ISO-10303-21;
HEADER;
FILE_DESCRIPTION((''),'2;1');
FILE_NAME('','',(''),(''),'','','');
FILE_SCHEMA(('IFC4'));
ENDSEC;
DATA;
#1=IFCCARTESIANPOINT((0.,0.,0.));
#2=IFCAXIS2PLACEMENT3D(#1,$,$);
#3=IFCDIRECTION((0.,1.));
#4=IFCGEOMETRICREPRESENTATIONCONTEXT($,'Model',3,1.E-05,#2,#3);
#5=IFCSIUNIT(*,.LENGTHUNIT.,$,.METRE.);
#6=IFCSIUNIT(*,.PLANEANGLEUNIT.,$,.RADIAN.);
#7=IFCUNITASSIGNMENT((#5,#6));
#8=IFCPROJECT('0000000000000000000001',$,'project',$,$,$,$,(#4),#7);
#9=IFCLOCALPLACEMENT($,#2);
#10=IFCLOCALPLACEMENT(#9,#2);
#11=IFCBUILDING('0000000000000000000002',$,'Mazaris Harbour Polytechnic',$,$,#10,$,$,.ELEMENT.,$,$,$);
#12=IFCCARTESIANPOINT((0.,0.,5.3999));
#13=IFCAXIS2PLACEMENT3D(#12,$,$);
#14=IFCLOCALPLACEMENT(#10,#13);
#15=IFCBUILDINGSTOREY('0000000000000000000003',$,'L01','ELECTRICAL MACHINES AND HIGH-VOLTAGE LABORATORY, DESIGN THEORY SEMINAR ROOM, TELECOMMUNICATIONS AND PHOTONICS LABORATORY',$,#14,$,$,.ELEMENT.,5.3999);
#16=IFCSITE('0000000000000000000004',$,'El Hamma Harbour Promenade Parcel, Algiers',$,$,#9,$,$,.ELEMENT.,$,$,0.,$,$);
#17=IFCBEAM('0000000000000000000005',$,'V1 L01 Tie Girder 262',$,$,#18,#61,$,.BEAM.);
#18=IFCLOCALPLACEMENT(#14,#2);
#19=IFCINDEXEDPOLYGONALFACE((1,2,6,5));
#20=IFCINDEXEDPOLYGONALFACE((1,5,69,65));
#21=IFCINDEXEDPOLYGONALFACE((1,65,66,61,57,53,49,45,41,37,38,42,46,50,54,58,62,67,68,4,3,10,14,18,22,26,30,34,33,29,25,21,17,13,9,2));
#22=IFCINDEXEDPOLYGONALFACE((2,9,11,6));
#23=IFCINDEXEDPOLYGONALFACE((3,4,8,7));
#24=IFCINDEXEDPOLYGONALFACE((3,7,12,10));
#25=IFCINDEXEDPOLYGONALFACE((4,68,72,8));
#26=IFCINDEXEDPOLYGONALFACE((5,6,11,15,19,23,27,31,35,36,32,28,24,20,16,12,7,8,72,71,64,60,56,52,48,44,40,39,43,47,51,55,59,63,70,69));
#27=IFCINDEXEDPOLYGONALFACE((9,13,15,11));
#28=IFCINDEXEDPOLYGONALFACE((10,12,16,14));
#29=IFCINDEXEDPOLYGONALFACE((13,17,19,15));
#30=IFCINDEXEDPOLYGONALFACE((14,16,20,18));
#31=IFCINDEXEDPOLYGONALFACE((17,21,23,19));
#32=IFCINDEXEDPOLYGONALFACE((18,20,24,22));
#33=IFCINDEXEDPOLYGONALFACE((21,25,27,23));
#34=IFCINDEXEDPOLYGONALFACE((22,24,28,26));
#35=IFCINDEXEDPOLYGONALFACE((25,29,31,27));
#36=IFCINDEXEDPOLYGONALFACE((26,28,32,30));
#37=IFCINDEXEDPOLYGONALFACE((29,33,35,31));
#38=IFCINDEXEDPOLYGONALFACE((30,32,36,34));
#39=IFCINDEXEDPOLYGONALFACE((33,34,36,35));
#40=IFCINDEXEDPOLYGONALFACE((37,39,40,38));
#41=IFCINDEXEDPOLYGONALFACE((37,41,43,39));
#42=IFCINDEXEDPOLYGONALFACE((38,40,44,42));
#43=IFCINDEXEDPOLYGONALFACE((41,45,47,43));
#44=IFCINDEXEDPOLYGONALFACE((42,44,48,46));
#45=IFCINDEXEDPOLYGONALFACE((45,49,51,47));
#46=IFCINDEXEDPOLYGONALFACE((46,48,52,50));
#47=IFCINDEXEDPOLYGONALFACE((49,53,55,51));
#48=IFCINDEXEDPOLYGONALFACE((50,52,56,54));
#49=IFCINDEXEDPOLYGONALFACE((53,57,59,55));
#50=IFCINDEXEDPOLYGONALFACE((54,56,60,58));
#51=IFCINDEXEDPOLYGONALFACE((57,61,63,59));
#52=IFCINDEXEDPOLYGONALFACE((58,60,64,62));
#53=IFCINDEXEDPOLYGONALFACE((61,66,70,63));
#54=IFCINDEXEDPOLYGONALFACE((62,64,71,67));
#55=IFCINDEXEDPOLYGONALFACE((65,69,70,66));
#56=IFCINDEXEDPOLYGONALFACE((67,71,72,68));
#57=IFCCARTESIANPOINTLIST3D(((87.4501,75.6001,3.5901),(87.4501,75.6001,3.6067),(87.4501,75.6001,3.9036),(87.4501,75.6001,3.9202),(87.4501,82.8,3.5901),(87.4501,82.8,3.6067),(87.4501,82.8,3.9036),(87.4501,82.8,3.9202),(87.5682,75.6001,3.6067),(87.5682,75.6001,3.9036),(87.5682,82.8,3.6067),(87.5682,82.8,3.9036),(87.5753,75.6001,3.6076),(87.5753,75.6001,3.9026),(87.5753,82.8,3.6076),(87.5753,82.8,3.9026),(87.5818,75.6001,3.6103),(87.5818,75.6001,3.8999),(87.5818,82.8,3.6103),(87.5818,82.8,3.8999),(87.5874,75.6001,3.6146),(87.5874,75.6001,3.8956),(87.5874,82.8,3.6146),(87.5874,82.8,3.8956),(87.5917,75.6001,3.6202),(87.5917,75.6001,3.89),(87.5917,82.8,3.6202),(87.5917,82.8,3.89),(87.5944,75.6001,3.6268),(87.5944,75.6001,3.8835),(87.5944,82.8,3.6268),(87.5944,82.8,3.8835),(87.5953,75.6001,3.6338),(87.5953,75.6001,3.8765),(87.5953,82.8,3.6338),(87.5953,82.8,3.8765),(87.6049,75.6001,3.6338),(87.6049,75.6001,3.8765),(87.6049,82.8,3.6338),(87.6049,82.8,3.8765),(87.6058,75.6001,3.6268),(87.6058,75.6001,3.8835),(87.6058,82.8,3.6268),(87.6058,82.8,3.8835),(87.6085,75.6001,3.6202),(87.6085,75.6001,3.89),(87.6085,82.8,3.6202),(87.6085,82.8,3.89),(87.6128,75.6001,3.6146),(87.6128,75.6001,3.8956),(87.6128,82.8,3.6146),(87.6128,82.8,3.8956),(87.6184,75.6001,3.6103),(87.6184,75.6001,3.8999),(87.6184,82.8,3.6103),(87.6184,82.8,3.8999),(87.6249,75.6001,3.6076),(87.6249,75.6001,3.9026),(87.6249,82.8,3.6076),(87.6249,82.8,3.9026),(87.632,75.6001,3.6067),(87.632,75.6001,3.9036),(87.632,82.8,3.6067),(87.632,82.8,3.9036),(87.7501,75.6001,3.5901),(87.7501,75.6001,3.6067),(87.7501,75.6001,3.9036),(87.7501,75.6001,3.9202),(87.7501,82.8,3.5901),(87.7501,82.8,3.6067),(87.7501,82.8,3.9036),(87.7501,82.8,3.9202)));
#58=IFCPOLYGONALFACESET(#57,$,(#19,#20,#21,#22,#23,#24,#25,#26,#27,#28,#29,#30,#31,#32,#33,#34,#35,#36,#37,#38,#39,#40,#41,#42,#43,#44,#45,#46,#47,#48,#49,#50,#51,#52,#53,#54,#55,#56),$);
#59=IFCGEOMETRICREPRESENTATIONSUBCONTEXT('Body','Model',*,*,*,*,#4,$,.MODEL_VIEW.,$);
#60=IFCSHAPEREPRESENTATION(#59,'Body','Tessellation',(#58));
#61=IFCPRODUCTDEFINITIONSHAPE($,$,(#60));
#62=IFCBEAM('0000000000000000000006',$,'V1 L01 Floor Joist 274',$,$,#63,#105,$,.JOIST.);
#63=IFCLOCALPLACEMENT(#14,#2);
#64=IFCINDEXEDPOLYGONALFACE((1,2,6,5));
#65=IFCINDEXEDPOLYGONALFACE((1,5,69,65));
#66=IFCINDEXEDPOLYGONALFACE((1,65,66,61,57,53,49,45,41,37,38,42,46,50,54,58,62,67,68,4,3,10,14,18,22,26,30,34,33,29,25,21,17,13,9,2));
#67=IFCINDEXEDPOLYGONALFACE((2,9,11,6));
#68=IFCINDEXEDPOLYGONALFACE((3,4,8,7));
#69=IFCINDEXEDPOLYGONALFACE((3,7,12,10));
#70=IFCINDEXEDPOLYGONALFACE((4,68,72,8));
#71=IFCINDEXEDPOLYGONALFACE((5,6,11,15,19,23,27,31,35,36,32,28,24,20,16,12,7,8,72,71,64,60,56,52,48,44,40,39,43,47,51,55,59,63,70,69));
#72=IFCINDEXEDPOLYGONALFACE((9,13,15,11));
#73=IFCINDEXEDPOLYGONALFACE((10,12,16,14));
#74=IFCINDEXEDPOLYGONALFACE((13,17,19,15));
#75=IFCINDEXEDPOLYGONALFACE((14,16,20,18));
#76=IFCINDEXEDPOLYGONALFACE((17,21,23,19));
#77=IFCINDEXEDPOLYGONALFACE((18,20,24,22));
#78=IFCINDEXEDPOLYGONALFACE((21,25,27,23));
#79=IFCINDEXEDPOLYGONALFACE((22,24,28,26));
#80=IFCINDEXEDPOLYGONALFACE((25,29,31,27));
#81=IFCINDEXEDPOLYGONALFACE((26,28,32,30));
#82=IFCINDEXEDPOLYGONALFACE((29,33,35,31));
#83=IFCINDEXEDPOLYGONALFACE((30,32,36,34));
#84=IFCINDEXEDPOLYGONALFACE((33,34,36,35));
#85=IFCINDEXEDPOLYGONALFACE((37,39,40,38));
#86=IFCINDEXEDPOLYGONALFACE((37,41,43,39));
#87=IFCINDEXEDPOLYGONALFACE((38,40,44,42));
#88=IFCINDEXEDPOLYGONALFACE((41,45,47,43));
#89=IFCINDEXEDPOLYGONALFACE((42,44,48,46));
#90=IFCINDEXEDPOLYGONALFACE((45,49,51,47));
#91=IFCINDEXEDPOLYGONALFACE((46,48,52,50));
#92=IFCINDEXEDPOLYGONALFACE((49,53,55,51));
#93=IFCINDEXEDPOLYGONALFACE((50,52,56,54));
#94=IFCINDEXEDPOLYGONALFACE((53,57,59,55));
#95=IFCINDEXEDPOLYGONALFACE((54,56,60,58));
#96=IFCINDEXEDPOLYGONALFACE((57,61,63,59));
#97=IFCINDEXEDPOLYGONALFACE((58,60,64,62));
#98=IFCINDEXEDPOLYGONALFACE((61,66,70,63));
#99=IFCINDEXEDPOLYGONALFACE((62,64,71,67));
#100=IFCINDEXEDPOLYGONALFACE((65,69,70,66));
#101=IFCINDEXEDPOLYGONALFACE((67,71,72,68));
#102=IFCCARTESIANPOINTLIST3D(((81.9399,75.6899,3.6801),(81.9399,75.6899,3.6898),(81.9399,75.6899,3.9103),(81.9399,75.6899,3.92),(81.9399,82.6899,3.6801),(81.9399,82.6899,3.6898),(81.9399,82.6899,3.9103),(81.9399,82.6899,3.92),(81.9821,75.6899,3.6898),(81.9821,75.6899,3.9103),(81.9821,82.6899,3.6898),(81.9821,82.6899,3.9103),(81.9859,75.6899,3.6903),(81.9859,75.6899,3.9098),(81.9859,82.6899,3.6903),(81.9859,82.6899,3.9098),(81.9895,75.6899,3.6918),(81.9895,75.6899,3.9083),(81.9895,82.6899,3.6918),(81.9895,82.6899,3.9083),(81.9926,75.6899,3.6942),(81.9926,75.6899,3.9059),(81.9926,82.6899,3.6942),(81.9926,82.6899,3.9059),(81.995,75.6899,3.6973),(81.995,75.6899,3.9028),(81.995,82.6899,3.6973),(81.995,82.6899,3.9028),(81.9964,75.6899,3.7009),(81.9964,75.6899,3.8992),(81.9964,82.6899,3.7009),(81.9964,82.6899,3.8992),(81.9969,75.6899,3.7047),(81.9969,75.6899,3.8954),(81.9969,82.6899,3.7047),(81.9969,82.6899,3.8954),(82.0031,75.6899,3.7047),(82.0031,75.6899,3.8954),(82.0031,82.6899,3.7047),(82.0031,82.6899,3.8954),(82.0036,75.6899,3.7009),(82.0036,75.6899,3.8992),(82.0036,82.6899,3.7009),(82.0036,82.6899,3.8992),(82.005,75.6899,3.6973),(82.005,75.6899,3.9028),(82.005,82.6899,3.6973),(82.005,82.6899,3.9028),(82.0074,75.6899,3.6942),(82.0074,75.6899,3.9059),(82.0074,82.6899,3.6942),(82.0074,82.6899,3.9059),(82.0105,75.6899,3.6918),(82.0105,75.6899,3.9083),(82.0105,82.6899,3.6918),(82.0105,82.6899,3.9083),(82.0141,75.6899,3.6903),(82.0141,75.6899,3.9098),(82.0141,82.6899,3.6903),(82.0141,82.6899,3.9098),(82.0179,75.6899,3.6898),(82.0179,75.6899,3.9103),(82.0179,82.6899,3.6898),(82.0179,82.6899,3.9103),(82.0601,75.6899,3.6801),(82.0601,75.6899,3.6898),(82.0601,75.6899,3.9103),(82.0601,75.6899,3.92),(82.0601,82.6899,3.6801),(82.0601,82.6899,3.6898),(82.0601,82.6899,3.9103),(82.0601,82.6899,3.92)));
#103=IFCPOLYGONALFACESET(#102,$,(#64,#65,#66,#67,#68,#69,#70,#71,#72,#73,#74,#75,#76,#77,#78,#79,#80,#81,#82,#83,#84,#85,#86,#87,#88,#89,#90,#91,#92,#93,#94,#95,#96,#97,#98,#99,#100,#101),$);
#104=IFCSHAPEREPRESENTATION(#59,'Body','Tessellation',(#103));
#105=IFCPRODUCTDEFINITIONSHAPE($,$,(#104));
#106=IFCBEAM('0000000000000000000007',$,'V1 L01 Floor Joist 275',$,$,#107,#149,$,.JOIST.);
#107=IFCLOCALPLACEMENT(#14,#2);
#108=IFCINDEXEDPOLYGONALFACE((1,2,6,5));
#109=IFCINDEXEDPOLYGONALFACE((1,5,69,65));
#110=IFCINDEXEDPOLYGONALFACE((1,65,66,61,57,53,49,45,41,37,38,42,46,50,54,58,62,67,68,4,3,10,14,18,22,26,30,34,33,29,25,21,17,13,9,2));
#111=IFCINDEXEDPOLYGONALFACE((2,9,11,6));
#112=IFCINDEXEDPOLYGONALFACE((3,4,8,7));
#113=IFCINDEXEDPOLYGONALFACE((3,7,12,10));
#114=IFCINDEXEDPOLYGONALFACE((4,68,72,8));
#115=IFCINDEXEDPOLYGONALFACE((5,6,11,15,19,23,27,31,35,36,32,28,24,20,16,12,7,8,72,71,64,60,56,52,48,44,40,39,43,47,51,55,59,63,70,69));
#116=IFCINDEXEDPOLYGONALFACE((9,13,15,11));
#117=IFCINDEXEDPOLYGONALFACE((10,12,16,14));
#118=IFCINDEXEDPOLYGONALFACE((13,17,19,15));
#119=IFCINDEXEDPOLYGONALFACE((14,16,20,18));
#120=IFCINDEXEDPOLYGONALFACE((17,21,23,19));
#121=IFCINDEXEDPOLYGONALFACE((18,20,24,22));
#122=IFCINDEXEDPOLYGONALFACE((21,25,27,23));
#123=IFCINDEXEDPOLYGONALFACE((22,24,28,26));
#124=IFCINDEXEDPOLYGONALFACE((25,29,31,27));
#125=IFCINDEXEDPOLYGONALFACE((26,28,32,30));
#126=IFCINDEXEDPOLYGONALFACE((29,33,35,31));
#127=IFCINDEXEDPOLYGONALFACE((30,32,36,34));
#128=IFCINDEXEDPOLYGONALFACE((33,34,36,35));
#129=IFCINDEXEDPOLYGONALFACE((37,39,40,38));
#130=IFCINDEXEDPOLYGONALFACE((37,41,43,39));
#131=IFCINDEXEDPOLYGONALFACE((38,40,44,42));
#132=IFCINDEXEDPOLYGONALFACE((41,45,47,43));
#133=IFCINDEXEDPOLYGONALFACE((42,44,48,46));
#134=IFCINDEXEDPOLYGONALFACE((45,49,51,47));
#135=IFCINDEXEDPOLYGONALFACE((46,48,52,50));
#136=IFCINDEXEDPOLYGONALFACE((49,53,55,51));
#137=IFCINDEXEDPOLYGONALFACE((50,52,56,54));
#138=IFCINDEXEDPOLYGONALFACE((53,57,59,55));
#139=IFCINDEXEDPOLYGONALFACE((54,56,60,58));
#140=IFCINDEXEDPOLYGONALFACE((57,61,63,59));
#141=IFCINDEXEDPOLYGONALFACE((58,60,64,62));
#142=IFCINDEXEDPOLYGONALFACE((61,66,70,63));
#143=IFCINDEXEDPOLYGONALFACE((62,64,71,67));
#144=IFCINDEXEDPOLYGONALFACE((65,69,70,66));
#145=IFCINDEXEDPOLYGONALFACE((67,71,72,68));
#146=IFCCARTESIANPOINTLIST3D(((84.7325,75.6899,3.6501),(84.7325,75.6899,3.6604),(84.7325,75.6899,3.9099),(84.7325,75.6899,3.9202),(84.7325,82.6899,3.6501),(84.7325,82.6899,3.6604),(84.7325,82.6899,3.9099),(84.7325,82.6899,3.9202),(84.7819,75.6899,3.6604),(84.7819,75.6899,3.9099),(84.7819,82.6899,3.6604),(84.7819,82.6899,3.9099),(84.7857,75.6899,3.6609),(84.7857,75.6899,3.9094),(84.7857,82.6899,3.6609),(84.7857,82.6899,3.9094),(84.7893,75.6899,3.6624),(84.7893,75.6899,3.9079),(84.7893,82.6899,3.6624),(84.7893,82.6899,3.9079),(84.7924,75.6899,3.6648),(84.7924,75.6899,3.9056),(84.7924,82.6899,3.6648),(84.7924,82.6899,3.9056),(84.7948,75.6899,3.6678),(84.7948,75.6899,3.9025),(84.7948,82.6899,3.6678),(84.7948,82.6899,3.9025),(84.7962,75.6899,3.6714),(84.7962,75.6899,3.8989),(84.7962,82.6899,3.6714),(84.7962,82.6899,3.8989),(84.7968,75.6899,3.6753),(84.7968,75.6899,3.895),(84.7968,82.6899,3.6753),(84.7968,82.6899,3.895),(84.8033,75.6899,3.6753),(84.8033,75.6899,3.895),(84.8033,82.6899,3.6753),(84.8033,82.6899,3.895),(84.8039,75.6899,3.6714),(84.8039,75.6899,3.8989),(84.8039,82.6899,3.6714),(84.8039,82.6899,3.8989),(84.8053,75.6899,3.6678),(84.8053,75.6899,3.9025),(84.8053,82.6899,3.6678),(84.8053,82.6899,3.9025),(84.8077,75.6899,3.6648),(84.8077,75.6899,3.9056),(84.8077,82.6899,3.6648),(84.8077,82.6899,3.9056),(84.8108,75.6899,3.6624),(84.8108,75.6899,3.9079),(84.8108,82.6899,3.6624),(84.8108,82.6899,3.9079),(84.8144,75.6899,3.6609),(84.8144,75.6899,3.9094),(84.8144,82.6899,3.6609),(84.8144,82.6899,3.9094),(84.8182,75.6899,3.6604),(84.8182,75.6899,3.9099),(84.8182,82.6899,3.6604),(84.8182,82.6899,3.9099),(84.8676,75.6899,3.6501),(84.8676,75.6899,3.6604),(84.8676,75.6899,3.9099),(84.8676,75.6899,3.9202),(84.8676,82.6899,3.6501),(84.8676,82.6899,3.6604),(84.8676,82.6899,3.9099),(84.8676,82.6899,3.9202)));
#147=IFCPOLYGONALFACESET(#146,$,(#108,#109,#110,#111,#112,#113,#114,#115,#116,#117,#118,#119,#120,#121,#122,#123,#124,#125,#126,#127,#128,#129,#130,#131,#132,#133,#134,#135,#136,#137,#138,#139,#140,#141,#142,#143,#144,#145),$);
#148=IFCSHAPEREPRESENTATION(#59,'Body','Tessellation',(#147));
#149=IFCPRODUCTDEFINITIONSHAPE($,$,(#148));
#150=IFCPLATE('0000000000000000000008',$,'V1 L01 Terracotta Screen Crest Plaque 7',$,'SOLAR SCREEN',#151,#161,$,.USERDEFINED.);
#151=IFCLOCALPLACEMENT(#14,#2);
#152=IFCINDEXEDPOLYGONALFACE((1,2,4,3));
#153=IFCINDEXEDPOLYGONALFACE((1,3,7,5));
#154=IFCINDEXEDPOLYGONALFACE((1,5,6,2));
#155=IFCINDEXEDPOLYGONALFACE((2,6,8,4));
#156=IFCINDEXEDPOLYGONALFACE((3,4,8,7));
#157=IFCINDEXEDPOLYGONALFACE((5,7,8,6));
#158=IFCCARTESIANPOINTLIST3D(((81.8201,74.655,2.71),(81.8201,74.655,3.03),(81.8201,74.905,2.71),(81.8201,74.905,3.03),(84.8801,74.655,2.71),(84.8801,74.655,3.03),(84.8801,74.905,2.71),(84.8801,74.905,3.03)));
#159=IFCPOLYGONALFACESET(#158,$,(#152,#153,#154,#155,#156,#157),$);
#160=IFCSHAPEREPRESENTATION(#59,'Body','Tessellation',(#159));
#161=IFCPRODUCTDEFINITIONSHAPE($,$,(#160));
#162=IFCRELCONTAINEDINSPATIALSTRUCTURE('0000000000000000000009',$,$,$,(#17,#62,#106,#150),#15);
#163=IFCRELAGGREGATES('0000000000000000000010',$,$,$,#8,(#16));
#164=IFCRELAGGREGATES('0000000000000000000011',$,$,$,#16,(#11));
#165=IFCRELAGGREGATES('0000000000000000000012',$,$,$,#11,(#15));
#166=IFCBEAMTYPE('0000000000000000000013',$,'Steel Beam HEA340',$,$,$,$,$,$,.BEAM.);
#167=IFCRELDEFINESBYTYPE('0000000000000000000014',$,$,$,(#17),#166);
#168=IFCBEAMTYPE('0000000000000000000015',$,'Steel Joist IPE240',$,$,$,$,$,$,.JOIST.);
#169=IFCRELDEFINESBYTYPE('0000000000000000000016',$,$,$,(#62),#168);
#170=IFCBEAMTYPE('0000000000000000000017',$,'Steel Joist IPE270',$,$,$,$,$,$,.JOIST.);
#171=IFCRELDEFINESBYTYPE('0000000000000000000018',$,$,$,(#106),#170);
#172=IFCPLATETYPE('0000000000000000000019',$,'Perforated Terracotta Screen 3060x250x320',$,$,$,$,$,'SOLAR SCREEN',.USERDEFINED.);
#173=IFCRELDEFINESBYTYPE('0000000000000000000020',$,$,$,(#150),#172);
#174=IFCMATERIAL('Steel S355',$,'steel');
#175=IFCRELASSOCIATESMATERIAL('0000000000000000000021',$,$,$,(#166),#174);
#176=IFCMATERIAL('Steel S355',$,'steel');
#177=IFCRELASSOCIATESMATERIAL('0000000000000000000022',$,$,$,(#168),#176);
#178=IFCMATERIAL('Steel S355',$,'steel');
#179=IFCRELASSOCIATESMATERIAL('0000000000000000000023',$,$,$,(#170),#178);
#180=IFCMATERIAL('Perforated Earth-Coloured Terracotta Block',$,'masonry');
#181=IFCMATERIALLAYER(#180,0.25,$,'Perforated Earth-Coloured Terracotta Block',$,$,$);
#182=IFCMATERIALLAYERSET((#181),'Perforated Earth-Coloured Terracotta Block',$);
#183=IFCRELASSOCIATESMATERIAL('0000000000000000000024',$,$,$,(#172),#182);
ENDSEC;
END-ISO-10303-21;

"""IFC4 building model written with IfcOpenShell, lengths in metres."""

from ifc_helpers import new_model, si_unit, direction, frame, origin, origin_2d, place, context, subcontext, project, spatial, rectangle, i_section, extrude, material, layer, layer_set, material_profile, profile_set, type_object, element, save


model = new_model("IFC4")

# Units and contexts
model_context = context("Model", 3, precision=1e-05, world=origin(), true_north=direction((0.0, 1.0)))
body_context = subcontext(model_context, "Body", "Model", "MODEL_VIEW")
ifc_project = project(units=[si_unit("LENGTHUNIT", "METRE"), si_unit("PLANEANGLEUNIT", "RADIAN")], contexts=[model_context])

# Site, building, storey
site_placement = place(None, origin())
site = spatial("IfcSite", under=ifc_project, at=site_placement, Name="El Hamma Harbour Promenade Parcel, Algiers", CompositionType="ELEMENT", RefElevation=0.0)
building_placement = place(site_placement, origin())
building = spatial("IfcBuilding", under=site, at=building_placement, Name="Mazaris Harbour Polytechnic", CompositionType="ELEMENT")
storey_placement = place(building_placement, frame((0.0, 0.0, 5.3999)))
storey = spatial("IfcBuildingStorey", under=building, at=storey_placement, Name="L01", Description="ELECTRICAL MACHINES AND HIGH-VOLTAGE LABORATORY, DESIGN THEORY SEMINAR ROOM, TELECOMMUNICATIONS AND PHOTONICS LABORATORY", CompositionType="ELEMENT", Elevation=5.3999)

# Beams
ifc_material_1 = material(Name="Steel S355", Category="steel")
ifc_material_profile_1 = material_profile(ifc_material_1, i_section(OverallWidth=0.3, OverallDepth=0.3301, WebThickness=0.0095, FlangeThickness=0.0166, FilletRadius=0.0271, at=origin_2d()), Name="HEA 340")
ifc_profile_set_1 = profile_set([ifc_material_profile_1], Name="Steel S355")
beam_type_1 = type_object("IfcBeamType", Name="Steel Beam HEA340", PredefinedType="BEAM", material=ifc_profile_set_1)
beam_1_placement = place(storey_placement, frame((87.6001, 75.6001, 3.7551), z_axis=(0.0, 1.0, 0.0), x_axis=(-1.0, 0.0, 0.0)))
element("IfcBeam", 1, at=beam_1_placement, inside=storey, type_object=beam_type_1, Name="V1 L01 Tie Girder 262", PredefinedType="BEAM", context=body_context, shape_type="SweptSolid", body=[
    extrude(i_section(OverallWidth=0.3, OverallDepth=0.3301, WebThickness=0.0095, FlangeThickness=0.0166, FilletRadius=0.0271, at=origin_2d()), origin(), (0.0, 0.0, 1.0), 7.2),
])
ifc_material_2 = material(Name="Steel S355", Category="steel")
ifc_material_profile_2 = material_profile(ifc_material_2, i_section(OverallWidth=0.1201, OverallDepth=0.24, WebThickness=0.0061, FlangeThickness=0.0098, FilletRadius=0.0149, at=origin_2d()), Name="IPE 240")
ifc_profile_set_2 = profile_set([ifc_material_profile_2], Name="Steel S355")
beam_type_2 = type_object("IfcBeamType", Name="Steel Joist IPE240", PredefinedType="JOIST", material=ifc_profile_set_2)
beam_2_placement = place(storey_placement, frame((82.0, 75.6899, 3.8), z_axis=(0.0, 1.0, 0.0), x_axis=(-1.0, 0.0, 0.0)))
element("IfcBeam", 2, at=beam_2_placement, inside=storey, type_object=beam_type_2, Name="V1 L01 Floor Joist 274", PredefinedType="JOIST", context=body_context, shape_type="SweptSolid", body=[
    extrude(i_section(OverallWidth=0.1201, OverallDepth=0.24, WebThickness=0.0061, FlangeThickness=0.0098, FilletRadius=0.0149, at=origin_2d()), origin(), (0.0, 0.0, 1.0), 7.0),
])
ifc_material_3 = material(Name="Steel S355", Category="steel")
ifc_material_profile_3 = material_profile(ifc_material_3, i_section(OverallWidth=0.135, OverallDepth=0.27, WebThickness=0.0066, FlangeThickness=0.0103, FilletRadius=0.0149, at=origin_2d()), Name="IPE 270")
ifc_profile_set_3 = profile_set([ifc_material_profile_3], Name="Steel S355")
beam_type_3 = type_object("IfcBeamType", Name="Steel Joist IPE270", PredefinedType="JOIST", material=ifc_profile_set_3)
beam_3_placement = place(storey_placement, frame((84.8, 75.6899, 3.7852), z_axis=(0.0, 1.0, 0.0), x_axis=(-1.0, 0.0, 0.0)))
element("IfcBeam", 3, at=beam_3_placement, inside=storey, type_object=beam_type_3, Name="V1 L01 Floor Joist 275", PredefinedType="JOIST", context=body_context, shape_type="SweptSolid", body=[
    extrude(i_section(OverallWidth=0.135, OverallDepth=0.27, WebThickness=0.0066, FlangeThickness=0.0103, FilletRadius=0.0149, at=origin_2d()), origin(), (0.0, 0.0, 1.0), 7.0),
])

# Plate
ifc_material_4 = material(Name="Perforated Earth-Coloured Terracotta Block", Category="masonry")
ifc_layer_1 = layer(ifc_material_4, 0.25, Name="Perforated Earth-Coloured Terracotta Block")
ifc_layer_set_1 = layer_set([ifc_layer_1], Name="Perforated Earth-Coloured Terracotta Block")
plate_type = type_object("IfcPlateType", Name="Perforated Terracotta Screen 3060x250x320", ElementType="SOLAR SCREEN", PredefinedType="USERDEFINED", material=ifc_layer_set_1)
plate_placement = place(storey_placement, frame((83.3501, 74.78, 2.71), z_axis=(0.0, 0.0, 1.0), x_axis=(-1.0, 0.0, 0.0)))
element("IfcPlate", 4, at=plate_placement, inside=storey, type_object=plate_type, Name="V1 L01 Terracotta Screen Crest Plaque 7", ObjectType="SOLAR SCREEN", PredefinedType="USERDEFINED", context=body_context, shape_type="SweptSolid", body=[
    extrude(rectangle(XDim=3.0601, YDim=0.25, at=origin_2d()), origin(), (0.0, 0.0, 1.0), 0.3201),
])

save(model, "model.ifc")
